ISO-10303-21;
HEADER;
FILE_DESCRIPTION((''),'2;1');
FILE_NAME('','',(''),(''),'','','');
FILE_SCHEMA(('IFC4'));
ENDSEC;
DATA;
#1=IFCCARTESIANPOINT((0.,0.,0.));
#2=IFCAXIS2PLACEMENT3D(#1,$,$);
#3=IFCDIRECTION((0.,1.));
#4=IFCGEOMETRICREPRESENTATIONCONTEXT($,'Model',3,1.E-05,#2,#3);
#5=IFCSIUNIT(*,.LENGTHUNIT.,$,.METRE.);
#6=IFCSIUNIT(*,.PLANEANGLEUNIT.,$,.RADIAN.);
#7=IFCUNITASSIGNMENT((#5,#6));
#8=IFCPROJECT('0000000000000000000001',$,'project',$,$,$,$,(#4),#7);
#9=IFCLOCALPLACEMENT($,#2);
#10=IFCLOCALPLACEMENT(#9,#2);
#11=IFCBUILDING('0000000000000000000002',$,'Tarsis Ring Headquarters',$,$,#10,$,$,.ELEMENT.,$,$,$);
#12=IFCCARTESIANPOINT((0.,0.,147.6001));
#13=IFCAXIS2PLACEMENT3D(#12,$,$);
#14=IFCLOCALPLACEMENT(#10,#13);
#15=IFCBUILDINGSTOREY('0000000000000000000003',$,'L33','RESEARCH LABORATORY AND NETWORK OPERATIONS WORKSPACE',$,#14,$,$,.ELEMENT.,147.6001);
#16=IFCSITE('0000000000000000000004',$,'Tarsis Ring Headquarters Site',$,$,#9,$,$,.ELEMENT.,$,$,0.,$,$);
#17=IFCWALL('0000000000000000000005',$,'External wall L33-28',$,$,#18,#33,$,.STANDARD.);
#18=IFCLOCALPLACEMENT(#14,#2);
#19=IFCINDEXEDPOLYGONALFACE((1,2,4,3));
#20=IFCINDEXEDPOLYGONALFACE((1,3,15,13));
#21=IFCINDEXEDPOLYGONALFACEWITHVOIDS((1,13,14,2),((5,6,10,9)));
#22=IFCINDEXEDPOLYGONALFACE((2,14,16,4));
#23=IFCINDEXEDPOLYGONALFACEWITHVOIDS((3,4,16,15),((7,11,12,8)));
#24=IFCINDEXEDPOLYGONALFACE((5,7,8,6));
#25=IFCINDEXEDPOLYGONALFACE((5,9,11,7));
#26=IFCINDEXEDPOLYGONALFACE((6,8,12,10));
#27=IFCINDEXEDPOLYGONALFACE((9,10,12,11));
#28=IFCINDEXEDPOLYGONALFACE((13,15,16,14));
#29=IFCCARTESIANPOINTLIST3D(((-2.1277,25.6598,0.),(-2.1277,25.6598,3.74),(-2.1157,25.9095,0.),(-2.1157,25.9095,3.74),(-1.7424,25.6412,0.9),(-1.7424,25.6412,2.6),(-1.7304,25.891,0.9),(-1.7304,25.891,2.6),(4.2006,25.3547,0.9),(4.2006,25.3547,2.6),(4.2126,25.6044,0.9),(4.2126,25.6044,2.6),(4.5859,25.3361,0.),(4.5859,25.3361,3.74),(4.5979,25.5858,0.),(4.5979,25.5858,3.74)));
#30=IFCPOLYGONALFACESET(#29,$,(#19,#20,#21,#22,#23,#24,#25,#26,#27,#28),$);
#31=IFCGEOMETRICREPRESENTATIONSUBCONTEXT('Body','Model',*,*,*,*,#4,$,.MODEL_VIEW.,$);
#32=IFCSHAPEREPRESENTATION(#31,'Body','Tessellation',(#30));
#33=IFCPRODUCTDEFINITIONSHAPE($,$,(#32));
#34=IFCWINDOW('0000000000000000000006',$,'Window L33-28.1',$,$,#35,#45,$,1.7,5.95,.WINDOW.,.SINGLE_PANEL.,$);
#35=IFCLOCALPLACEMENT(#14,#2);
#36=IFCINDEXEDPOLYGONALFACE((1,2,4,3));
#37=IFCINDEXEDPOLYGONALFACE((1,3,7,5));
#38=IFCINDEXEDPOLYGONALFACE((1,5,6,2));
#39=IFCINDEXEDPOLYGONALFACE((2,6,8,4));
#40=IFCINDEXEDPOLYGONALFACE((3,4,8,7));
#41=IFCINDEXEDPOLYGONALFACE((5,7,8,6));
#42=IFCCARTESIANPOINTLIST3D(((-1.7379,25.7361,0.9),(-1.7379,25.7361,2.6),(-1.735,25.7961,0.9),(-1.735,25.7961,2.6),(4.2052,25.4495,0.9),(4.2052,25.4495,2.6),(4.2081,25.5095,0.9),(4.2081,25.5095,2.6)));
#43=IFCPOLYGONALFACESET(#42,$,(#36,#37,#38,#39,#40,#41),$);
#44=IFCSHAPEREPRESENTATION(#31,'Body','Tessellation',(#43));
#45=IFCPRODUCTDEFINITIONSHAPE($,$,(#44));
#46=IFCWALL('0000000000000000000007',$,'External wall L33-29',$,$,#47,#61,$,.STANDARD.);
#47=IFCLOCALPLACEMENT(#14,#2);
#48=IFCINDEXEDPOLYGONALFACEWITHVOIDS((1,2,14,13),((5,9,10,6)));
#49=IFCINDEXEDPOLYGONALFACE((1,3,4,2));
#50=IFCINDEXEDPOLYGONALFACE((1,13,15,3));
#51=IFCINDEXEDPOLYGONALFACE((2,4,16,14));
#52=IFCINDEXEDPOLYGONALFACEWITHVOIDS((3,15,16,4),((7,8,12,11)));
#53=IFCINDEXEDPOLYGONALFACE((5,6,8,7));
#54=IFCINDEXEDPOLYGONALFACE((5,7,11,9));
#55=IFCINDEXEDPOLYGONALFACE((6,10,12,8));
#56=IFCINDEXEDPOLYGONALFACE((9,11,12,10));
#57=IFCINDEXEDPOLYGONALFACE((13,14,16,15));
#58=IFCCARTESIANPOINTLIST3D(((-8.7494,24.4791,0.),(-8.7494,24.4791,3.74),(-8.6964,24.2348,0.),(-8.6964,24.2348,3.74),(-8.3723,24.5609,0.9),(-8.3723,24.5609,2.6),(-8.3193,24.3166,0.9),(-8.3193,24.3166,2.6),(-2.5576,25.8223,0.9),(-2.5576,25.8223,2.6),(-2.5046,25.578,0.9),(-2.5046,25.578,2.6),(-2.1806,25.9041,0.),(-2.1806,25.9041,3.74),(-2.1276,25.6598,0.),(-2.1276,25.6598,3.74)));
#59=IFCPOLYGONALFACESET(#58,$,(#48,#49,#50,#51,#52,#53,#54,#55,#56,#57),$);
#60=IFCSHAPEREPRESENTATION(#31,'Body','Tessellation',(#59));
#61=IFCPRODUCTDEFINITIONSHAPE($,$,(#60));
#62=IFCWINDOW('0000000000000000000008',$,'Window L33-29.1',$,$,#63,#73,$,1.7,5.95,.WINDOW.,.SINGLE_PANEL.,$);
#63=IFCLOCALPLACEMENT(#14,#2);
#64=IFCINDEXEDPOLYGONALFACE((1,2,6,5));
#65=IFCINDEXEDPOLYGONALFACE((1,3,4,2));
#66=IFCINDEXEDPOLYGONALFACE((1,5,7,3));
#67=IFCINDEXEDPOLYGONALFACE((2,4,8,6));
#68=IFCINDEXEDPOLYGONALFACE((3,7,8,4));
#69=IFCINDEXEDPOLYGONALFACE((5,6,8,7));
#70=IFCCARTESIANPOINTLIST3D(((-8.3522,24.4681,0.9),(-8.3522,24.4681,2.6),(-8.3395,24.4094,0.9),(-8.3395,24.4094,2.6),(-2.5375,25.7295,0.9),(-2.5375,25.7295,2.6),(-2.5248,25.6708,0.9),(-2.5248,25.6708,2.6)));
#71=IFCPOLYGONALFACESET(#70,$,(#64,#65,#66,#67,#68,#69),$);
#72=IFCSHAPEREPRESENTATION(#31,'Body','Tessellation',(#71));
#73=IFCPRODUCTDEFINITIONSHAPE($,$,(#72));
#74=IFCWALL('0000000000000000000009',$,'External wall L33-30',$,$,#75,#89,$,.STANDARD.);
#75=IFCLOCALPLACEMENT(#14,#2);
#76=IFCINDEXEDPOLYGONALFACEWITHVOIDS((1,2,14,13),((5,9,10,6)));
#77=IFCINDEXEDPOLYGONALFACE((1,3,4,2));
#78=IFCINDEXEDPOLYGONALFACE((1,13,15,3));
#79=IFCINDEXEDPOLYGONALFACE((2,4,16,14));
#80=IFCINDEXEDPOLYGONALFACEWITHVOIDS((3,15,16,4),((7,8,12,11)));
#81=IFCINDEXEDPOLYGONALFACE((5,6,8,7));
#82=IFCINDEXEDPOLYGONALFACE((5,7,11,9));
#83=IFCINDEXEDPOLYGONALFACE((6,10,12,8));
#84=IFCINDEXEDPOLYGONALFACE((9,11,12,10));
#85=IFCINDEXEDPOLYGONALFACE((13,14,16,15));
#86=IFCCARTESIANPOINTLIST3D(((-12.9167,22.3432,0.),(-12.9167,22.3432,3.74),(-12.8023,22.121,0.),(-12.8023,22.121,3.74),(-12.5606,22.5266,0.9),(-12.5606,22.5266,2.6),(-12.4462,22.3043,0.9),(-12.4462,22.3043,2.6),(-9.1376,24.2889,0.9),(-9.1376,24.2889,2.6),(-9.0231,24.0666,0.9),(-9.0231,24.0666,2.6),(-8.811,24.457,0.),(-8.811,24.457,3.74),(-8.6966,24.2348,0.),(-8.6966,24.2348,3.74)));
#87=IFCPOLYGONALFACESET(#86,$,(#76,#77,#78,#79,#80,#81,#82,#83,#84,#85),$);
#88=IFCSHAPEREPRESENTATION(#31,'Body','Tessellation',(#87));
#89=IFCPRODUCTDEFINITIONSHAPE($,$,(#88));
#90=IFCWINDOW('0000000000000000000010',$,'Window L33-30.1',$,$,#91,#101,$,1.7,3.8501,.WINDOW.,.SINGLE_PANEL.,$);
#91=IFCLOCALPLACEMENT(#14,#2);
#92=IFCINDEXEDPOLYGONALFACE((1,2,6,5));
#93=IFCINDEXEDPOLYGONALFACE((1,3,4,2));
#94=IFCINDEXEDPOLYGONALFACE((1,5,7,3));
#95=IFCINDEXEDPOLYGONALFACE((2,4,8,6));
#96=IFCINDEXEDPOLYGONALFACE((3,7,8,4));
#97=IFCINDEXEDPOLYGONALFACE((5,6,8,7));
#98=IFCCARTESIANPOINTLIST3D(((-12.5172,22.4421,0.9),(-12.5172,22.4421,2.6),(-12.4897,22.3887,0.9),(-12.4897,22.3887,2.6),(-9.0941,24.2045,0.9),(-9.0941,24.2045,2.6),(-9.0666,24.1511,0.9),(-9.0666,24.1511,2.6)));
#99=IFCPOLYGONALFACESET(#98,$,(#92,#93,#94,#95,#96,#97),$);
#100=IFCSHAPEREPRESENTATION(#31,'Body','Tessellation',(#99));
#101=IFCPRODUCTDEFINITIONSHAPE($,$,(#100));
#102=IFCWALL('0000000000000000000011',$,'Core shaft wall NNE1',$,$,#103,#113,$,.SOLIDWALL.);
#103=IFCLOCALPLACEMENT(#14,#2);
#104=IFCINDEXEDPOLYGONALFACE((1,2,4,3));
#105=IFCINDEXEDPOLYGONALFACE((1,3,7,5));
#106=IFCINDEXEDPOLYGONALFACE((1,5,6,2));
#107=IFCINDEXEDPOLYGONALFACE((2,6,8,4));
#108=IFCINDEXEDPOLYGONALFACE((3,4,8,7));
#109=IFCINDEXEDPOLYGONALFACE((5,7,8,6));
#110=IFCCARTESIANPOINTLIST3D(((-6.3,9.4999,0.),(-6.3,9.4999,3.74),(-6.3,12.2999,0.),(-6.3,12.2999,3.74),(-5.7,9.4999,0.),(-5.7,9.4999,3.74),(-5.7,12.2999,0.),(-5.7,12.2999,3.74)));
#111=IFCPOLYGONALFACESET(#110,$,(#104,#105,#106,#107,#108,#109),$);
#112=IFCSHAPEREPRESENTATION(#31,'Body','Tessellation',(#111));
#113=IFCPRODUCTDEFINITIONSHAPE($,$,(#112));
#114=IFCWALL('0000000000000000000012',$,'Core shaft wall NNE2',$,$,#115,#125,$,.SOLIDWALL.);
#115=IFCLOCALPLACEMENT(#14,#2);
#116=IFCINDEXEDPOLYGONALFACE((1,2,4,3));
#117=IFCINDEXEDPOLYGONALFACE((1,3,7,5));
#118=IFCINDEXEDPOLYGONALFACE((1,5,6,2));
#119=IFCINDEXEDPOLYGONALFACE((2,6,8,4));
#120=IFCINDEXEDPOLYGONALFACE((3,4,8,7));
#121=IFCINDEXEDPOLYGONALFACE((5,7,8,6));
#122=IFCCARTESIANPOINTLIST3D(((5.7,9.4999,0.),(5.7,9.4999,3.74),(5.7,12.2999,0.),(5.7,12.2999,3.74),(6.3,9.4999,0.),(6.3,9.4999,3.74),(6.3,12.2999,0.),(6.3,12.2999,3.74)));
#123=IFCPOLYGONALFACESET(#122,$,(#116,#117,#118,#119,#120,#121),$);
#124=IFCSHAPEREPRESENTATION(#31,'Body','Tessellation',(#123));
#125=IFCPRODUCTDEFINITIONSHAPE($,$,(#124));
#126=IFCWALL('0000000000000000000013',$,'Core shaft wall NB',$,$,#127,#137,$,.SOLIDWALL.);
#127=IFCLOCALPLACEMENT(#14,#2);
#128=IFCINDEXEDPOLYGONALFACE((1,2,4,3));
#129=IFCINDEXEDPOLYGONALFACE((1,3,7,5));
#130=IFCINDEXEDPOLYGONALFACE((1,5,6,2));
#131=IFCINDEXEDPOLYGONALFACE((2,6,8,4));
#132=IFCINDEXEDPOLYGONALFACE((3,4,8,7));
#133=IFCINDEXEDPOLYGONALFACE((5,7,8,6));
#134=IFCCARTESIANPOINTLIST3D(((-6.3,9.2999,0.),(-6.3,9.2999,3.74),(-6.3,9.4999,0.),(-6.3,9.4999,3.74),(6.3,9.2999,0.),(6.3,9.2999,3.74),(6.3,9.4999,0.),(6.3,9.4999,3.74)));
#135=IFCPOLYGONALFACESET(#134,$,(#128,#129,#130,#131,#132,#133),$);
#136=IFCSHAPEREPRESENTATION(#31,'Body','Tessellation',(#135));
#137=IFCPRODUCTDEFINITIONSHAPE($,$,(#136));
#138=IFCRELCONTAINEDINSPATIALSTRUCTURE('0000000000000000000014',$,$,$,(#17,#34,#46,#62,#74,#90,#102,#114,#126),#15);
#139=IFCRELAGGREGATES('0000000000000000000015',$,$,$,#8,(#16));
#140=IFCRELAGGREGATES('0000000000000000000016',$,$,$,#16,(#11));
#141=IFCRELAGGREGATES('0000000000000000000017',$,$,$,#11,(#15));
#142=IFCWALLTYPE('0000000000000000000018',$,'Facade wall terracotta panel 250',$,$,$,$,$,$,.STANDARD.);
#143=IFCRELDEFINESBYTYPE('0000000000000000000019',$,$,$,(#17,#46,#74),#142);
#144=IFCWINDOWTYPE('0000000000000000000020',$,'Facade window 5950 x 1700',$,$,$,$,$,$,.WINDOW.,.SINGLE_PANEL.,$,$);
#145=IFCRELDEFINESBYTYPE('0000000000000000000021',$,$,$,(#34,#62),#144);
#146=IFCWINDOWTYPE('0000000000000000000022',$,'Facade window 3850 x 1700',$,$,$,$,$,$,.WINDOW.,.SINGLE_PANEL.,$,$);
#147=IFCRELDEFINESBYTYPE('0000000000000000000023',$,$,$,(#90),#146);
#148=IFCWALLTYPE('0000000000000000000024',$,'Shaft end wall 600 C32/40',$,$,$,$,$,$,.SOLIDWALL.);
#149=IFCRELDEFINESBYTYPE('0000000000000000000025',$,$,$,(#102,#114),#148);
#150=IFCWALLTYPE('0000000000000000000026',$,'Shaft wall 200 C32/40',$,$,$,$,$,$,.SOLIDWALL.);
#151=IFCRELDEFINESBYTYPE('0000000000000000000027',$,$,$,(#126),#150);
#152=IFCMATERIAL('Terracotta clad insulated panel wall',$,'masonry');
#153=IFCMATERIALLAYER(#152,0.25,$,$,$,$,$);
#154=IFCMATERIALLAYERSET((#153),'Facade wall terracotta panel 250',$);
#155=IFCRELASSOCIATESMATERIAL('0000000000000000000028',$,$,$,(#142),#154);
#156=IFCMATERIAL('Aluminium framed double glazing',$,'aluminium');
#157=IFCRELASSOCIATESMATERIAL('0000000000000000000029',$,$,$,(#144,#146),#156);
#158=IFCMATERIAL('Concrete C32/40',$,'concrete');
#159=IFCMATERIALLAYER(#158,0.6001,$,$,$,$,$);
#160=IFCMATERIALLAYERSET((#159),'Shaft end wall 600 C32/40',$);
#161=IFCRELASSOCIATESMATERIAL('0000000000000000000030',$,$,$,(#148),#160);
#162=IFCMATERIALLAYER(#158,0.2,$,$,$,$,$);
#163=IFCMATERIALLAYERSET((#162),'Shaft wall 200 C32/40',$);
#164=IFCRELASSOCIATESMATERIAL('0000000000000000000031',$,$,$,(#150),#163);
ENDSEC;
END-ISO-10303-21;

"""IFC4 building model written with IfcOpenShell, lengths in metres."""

from ifc_helpers import new_model, si_unit, direction, frame, frame_2d, origin, place, context, subcontext, project, spatial, rectangle, extrude, material, layer, layer_set, type_object, element, fill, save


model = new_model("IFC4")

# Units and contexts
model_context = context("Model", 3, precision=1e-05, world=origin(), true_north=direction((0.0, 1.0)))
body_context = subcontext(model_context, "Body", "Model", "MODEL_VIEW")
ifc_project = project(units=[si_unit("LENGTHUNIT", "METRE"), si_unit("PLANEANGLEUNIT", "RADIAN")], contexts=[model_context])

# Site, building, storey
site_placement = place(None, origin())
site = spatial("IfcSite", under=ifc_project, at=site_placement, Name="Tarsis Ring Headquarters Site", CompositionType="ELEMENT", RefElevation=0.0)
building_placement = place(site_placement, origin())
building = spatial("IfcBuilding", under=site, at=building_placement, Name="Tarsis Ring Headquarters", CompositionType="ELEMENT")
storey_placement = place(building_placement, frame((0.0, 0.0, 147.6001)))
storey = spatial("IfcBuildingStorey", under=building, at=storey_placement, Name="L33", Description="RESEARCH LABORATORY AND NETWORK OPERATIONS WORKSPACE", CompositionType="ELEMENT", Elevation=147.6001)

# Walls, openings, windows
ifc_material_1 = material(Name="Terracotta clad insulated panel wall", Category="masonry")
ifc_layer_1 = layer(ifc_material_1, 0.25)
ifc_layer_set_1 = layer_set([ifc_layer_1], Name="Facade wall terracotta panel 250")
wall_type_1 = type_object("IfcWallType", Name="Facade wall terracotta panel 250", PredefinedType="STANDARD", material=ifc_layer_set_1)
wall_1_placement = place(storey_placement, frame((4.592, 25.4609, 0.0), z_axis=(0.0, 0.0, 1.0), x_axis=(-0.998839, 0.048164, 0.0)))
wall_1 = element("IfcWall", 1, at=wall_1_placement, inside=storey, type_object=wall_type_1, Name="External wall L33-28", PredefinedType="STANDARD", context=body_context, shape_type="SweptSolid", body=[
    extrude(rectangle(XDim=6.7214, YDim=0.25, at=frame_2d((3.3608, 0.0))), origin(), (0.0, 0.0, 1.0), 3.74),
])
opening_1_placement = place(wall_1_placement, frame((0.3857, 0.0, 0.8999)))
opening_1 = element("IfcOpeningElement", 2, at=opening_1_placement, cuts=wall_1, PredefinedType="OPENING", context=body_context, shape_type="SweptSolid", body=[
    extrude(rectangle(XDim=5.95, YDim=1.7, at=frame_2d((2.9751, 0.8501))), frame((0.0, 0.135, 0.0), z_axis=(0.0, -1.0, 0.0), x_axis=(1.0, 0.0, 0.0)), (0.0, 0.0, 1.0), 0.27),
])
ifc_material_2 = material(Name="Aluminium framed double glazing", Category="aluminium")
window_type_1 = type_object("IfcWindowType", Name="Facade window 5950 x 1700", PartitioningType="SINGLE_PANEL", PredefinedType="WINDOW", material=ifc_material_2)
window_1_placement = place(opening_1_placement, origin())
window_1 = element("IfcWindow", 3, at=window_1_placement, inside=storey, type_object=window_type_1, Name="Window L33-28.1", OverallHeight=1.7, OverallWidth=5.95, PartitioningType="SINGLE_PANEL", PredefinedType="WINDOW", context=body_context, shape_type="SweptSolid", body=[
    extrude(rectangle(XDim=5.95, YDim=1.7, at=frame_2d((2.9751, 0.8501))), frame((0.0, 0.03, 0.0), z_axis=(0.0, -1.0, 0.0), x_axis=(1.0, 0.0, 0.0)), (0.0, 0.0, 1.0), 0.0601),
])
fill(opening_1, window_1)
wall_2_placement = place(storey_placement, frame((-2.1541, 25.782, 0.0), z_axis=(0.0, 0.0, 1.0), x_axis=(-0.977268, -0.212009, 0.0)))
wall_2 = element("IfcWall", 4, at=wall_2_placement, inside=storey, type_object=wall_type_1, Name="External wall L33-29", PredefinedType="STANDARD", context=body_context, shape_type="SweptSolid", body=[
    extrude(rectangle(XDim=6.7217, YDim=0.25, at=frame_2d((3.3608, 0.0))), origin(), (0.0, 0.0, 1.0), 3.74),
])
opening_2_placement = place(wall_2_placement, frame((0.3857, 0.0, 0.8999)))
opening_2 = element("IfcOpeningElement", 5, at=opening_2_placement, cuts=wall_2, PredefinedType="OPENING", context=body_context, shape_type="SweptSolid", body=[
    extrude(rectangle(XDim=5.95, YDim=1.7, at=frame_2d((2.9751, 0.8501))), frame((0.0, 0.135, 0.0), z_axis=(0.0, -1.0, 0.0), x_axis=(1.0, 0.0, 0.0)), (0.0, 0.0, 1.0), 0.27),
])
window_2_placement = place(opening_2_placement, origin())
window_2 = element("IfcWindow", 6, at=window_2_placement, inside=storey, type_object=window_type_1, Name="Window L33-29.1", OverallHeight=1.7, OverallWidth=5.95, PartitioningType="SINGLE_PANEL", PredefinedType="WINDOW", context=body_context, shape_type="SweptSolid", body=[
    extrude(rectangle(XDim=5.95, YDim=1.7, at=frame_2d((2.9751, 0.8501))), frame((0.0, 0.03, 0.0), z_axis=(0.0, -1.0, 0.0), x_axis=(1.0, 0.0, 0.0)), (0.0, 0.0, 1.0), 0.0601),
])
fill(opening_2, window_2)
wall_3_placement = place(storey_placement, frame((-8.7537, 24.3459, 0.0), z_axis=(0.0, 0.0, 1.0), x_axis=(-0.889089, -0.457735, 0.0)))
wall_3 = element("IfcWall", 7, at=wall_3_placement, inside=storey, type_object=wall_type_1, Name="External wall L33-30", PredefinedType="STANDARD", context=body_context, shape_type="SweptSolid", body=[
    extrude(rectangle(XDim=4.6179, YDim=0.25, at=frame_2d((2.3091, 0.0))), origin(), (0.0, 0.0, 1.0), 3.74),
])
opening_3_placement = place(wall_3_placement, frame((0.3674, 0.0, 0.8999)))
opening_3 = element("IfcOpeningElement", 8, at=opening_3_placement, cuts=wall_3, PredefinedType="OPENING", context=body_context, shape_type="SweptSolid", body=[
    extrude(rectangle(XDim=3.8501, YDim=1.7, at=frame_2d((1.925, 0.8501))), frame((0.0, 0.135, 0.0), z_axis=(0.0, -1.0, 0.0), x_axis=(1.0, 0.0, 0.0)), (0.0, 0.0, 1.0), 0.27),
])
window_type_2 = type_object("IfcWindowType", Name="Facade window 3850 x 1700", PartitioningType="SINGLE_PANEL", PredefinedType="WINDOW", material=ifc_material_2)
window_3_placement = place(opening_3_placement, origin())
window_3 = element("IfcWindow", 9, at=window_3_placement, inside=storey, type_object=window_type_2, Name="Window L33-30.1", OverallHeight=1.7, OverallWidth=3.8501, PartitioningType="SINGLE_PANEL", PredefinedType="WINDOW", context=body_context, shape_type="SweptSolid", body=[
    extrude(rectangle(XDim=3.8501, YDim=1.7, at=frame_2d((1.925, 0.8501))), frame((0.0, 0.03, 0.0), z_axis=(0.0, -1.0, 0.0), x_axis=(1.0, 0.0, 0.0)), (0.0, 0.0, 1.0), 0.0601),
])
fill(opening_3, window_3)

# Walls
ifc_material_3 = material(Name="Concrete C32/40", Category="concrete")
ifc_layer_2 = layer(ifc_material_3, 0.6001)
ifc_layer_set_2 = layer_set([ifc_layer_2], Name="Shaft end wall 600 C32/40")
wall_type_2 = type_object("IfcWallType", Name="Shaft end wall 600 C32/40", PredefinedType="SOLIDWALL", material=ifc_layer_set_2)
for number, where, z_axis, x_axis, name in (
    (10, (-6.0, 9.5, 0.0), (0.0, 0.0, 1.0), (0.0, 1.0, 0.0), "Core shaft wall NNE1"),
    (11, (6.0, 9.5, 0.0), (0.0, 0.0, 1.0), (0.0, 1.0, 0.0), "Core shaft wall NNE2"),
):
    element("IfcWall", number, at=place(storey_placement, frame(where, z_axis=z_axis, x_axis=x_axis)), inside=storey, type_object=wall_type_2, Name=name, PredefinedType="SOLIDWALL", context=body_context, shape_type="SweptSolid", body=[
        extrude(rectangle(XDim=2.8, YDim=0.6001, at=frame_2d((1.3999, 0.0))), origin(), (0.0, 0.0, 1.0), 3.74),
    ])
ifc_layer_3 = layer(ifc_material_3, 0.2)
ifc_layer_set_3 = layer_set([ifc_layer_3], Name="Shaft wall 200 C32/40")
wall_type_3 = type_object("IfcWallType", Name="Shaft wall 200 C32/40", PredefinedType="SOLIDWALL", material=ifc_layer_set_3)
wall_4_placement = place(storey_placement, frame((-6.3, 9.3999, 0.0), z_axis=(0.0, 0.0, 1.0), x_axis=(1.0, 0.0, 0.0)))
element("IfcWall", 12, at=wall_4_placement, inside=storey, type_object=wall_type_3, Name="Core shaft wall NB", PredefinedType="SOLIDWALL", context=body_context, shape_type="SweptSolid", body=[
    extrude(rectangle(XDim=12.6001, YDim=0.2, at=frame_2d((6.3, 0.0))), origin(), (0.0, 0.0, 1.0), 3.74),
])

save(model, "model.ifc")
